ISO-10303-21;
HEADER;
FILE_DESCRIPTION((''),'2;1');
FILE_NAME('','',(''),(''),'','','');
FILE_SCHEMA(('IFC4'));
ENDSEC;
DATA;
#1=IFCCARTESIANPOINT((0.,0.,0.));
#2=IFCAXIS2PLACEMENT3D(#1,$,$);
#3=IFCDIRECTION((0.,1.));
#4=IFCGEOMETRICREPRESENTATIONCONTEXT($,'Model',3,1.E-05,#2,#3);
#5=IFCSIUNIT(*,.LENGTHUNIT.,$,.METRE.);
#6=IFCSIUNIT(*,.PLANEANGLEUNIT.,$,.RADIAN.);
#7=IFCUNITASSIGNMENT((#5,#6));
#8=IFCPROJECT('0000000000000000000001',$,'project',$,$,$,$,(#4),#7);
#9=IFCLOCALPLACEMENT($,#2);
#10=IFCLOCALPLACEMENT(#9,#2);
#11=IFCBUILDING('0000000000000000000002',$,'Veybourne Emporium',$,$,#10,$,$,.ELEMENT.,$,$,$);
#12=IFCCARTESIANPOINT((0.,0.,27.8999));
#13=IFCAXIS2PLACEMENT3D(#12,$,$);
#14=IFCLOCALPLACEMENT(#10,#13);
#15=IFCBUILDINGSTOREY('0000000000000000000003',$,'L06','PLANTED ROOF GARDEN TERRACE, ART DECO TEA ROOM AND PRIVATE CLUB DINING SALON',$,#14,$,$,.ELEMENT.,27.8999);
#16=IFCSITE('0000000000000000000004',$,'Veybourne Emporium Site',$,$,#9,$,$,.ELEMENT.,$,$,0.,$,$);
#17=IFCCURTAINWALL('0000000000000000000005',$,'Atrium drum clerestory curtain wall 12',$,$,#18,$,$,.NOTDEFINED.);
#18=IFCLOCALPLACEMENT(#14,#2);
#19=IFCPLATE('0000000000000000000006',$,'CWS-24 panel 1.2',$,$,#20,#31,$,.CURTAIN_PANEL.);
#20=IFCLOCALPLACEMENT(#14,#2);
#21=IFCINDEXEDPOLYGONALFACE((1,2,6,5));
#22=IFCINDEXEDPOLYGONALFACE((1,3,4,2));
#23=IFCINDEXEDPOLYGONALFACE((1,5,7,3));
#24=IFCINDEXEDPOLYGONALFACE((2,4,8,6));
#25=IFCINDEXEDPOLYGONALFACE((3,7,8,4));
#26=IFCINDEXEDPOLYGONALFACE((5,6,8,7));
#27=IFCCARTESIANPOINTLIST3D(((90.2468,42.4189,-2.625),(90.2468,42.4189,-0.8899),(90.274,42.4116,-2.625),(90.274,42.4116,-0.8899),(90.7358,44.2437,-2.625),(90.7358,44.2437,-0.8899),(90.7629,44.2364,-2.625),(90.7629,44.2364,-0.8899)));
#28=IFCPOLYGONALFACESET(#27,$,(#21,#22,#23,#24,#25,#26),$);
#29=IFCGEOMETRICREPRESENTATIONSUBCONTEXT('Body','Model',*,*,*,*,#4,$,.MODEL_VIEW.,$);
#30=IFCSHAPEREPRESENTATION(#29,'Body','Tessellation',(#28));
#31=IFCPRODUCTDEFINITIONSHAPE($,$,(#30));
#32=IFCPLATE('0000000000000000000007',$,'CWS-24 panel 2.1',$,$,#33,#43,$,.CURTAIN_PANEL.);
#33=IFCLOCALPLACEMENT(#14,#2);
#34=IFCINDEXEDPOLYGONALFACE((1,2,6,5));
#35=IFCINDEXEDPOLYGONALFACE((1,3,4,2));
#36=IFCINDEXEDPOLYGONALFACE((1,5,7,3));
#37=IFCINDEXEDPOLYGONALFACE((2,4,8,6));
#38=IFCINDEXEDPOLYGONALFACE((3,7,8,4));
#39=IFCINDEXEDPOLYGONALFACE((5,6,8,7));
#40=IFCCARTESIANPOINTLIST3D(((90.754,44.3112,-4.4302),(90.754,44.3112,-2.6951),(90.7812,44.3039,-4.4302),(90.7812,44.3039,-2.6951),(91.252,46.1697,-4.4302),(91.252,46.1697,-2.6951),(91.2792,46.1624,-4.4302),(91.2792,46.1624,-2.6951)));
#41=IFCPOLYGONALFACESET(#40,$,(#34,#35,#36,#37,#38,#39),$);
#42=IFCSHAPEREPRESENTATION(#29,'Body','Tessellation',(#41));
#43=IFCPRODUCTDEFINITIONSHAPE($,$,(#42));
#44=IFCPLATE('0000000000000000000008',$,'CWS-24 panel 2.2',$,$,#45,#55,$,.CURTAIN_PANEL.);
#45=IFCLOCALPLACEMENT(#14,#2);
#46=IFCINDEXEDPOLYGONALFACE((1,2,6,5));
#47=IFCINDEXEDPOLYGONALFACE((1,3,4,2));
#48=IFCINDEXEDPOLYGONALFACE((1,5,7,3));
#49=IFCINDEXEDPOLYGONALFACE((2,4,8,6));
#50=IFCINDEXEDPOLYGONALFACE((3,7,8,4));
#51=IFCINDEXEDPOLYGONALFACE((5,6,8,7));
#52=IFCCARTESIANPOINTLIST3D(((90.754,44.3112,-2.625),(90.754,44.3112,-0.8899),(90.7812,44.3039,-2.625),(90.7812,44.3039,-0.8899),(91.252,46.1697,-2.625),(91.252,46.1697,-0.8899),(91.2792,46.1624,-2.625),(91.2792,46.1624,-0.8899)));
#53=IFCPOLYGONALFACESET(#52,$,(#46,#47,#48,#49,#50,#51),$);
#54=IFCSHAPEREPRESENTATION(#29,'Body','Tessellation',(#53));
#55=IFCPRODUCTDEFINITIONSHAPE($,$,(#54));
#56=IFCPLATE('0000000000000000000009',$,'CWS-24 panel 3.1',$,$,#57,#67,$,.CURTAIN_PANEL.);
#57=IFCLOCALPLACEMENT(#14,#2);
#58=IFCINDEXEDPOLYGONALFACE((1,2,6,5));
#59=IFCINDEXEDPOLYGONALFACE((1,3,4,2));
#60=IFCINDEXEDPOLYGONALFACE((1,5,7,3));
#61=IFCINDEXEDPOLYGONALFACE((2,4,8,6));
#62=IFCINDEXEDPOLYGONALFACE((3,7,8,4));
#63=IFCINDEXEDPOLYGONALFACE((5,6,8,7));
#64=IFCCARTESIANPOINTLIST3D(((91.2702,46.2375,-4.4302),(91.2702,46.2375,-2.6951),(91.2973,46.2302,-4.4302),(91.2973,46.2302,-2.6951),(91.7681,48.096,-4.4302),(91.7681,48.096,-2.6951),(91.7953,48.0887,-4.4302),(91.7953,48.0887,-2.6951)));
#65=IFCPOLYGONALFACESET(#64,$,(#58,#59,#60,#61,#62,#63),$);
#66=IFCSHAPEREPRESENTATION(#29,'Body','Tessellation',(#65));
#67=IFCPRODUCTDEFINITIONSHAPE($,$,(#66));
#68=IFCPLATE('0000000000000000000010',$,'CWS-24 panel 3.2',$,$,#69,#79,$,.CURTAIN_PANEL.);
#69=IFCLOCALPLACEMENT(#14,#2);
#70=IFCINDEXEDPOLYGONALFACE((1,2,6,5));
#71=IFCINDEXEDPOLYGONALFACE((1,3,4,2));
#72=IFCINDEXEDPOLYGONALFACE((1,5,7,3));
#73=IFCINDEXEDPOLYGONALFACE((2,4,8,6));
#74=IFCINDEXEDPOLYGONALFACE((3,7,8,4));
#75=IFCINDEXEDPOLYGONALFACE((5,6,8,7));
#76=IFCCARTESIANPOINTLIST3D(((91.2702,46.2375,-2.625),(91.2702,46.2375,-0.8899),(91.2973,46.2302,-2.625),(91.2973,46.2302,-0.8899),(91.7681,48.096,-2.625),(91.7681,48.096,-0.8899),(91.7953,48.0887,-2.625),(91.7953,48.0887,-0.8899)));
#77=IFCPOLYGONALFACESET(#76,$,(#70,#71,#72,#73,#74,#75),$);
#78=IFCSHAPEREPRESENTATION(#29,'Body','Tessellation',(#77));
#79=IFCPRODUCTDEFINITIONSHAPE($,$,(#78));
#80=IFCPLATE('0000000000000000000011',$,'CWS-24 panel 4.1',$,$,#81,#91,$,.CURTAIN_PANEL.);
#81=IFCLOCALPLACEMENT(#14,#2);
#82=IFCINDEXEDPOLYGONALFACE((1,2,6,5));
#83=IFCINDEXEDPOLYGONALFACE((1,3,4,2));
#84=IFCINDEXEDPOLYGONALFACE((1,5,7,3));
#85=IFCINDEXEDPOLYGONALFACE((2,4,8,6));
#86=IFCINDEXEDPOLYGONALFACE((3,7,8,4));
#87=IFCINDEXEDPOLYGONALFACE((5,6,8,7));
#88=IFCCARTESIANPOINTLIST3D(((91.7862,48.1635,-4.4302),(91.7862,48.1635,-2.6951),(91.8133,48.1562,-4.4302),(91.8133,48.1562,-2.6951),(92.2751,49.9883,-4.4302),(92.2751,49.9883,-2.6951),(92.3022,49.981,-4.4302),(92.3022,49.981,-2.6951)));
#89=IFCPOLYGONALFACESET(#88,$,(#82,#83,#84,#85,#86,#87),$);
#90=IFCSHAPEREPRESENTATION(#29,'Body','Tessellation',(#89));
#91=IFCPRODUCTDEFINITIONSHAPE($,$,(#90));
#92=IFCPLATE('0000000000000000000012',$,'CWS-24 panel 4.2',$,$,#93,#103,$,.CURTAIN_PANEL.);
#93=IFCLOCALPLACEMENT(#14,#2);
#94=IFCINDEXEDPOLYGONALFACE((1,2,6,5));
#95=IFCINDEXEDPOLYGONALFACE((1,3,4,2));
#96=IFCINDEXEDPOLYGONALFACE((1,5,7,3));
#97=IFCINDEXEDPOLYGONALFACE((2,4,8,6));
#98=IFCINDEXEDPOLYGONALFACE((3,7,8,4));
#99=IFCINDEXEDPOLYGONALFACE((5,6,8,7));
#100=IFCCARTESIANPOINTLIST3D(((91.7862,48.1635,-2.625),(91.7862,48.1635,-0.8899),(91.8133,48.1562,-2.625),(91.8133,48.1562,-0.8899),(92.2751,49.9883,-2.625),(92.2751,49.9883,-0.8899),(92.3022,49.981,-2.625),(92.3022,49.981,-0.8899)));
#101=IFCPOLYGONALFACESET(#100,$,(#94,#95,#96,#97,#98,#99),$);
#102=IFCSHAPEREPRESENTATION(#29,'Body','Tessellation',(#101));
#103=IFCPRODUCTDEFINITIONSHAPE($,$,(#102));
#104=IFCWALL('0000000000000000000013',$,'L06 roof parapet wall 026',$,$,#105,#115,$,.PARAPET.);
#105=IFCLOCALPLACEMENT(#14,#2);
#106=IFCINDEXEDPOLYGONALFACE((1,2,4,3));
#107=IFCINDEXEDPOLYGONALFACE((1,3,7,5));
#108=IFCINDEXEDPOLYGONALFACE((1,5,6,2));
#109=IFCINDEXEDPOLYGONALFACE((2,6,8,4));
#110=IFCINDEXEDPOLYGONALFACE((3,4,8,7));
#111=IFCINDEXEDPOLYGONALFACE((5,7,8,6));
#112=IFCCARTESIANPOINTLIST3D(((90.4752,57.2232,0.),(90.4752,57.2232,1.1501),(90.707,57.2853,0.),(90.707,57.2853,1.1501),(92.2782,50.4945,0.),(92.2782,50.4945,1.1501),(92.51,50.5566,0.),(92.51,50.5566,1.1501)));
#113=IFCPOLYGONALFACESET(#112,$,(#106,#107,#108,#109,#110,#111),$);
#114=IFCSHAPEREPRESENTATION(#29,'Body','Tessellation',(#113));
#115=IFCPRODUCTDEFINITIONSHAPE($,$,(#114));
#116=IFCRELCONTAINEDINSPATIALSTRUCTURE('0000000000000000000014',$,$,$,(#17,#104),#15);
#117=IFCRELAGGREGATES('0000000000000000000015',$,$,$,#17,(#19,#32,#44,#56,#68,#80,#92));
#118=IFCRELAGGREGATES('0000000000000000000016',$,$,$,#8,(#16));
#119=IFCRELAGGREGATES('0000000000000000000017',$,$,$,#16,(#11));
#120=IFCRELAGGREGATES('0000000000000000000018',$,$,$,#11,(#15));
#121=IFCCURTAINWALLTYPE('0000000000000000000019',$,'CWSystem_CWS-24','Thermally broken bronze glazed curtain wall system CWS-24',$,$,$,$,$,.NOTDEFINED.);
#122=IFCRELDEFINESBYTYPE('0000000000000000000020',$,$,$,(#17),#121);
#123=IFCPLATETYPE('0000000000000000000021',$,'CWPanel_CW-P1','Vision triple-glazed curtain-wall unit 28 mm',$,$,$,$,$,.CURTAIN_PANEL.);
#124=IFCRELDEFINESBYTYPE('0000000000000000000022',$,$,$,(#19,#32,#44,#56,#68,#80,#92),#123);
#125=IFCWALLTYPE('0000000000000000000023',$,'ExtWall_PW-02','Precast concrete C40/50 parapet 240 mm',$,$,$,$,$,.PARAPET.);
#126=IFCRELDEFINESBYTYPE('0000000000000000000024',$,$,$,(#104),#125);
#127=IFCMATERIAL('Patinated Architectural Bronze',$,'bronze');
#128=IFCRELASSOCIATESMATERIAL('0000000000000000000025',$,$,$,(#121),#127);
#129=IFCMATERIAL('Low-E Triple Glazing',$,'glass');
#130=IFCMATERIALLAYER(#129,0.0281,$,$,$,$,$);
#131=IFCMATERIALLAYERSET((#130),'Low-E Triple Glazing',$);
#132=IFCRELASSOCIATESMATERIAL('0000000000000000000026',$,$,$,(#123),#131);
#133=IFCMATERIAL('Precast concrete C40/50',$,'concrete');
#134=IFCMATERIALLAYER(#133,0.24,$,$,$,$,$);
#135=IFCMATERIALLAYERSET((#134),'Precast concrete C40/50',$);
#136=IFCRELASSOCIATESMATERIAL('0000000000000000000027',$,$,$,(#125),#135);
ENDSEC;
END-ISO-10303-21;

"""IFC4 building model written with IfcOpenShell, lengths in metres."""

from ifc_helpers import new_model, si_unit, direction, frame, frame_2d, origin, origin_2d, place, context, subcontext, project, spatial, rectangle, extrude, material, layer, layer_set, type_object, element, aggregate, save


model = new_model("IFC4")

# Units and contexts
model_context = context("Model", 3, precision=1e-05, world=origin(), true_north=direction((0.0, 1.0)))
body_context = subcontext(model_context, "Body", "Model", "MODEL_VIEW")
ifc_project = project(units=[si_unit("LENGTHUNIT", "METRE"), si_unit("PLANEANGLEUNIT", "RADIAN")], contexts=[model_context])

# Site, building, storey
site_placement = place(None, origin())
site = spatial("IfcSite", under=ifc_project, at=site_placement, Name="Veybourne Emporium Site", CompositionType="ELEMENT", RefElevation=0.0)
building_placement = place(site_placement, origin())
building = spatial("IfcBuilding", under=site, at=building_placement, Name="Veybourne Emporium", CompositionType="ELEMENT")
storey_placement = place(building_placement, frame((0.0, 0.0, 27.8999)))
storey = spatial("IfcBuildingStorey", under=building, at=storey_placement, Name="L06", Description="PLANTED ROOF GARDEN TERRACE, ART DECO TEA ROOM AND PRIVATE CLUB DINING SALON", CompositionType="ELEMENT", Elevation=27.8999)

# Shared definitions
ifc_material_1 = material(Name="Patinated Architectural Bronze", Category="bronze")

# Curtain wall
curtain_wall_type_1 = type_object("IfcCurtainWallType", Name="CWSystem_CWS-24", Description="Thermally broken bronze glazed curtain wall system CWS-24", PredefinedType="NOTDEFINED", material=ifc_material_1)
curtain_wall_1_placement = place(storey_placement, origin())
curtain_wall_1 = element("IfcCurtainWall", 1, at=curtain_wall_1_placement, inside=storey, type_object=curtain_wall_type_1, Name="Atrium drum clerestory curtain wall 12", PredefinedType="NOTDEFINED")

# Plates
ifc_material_2 = material(Name="Low-E Triple Glazing", Category="glass")
ifc_layer_1 = layer(ifc_material_2, 0.0281)
ifc_layer_set_1 = layer_set([ifc_layer_1], Name="Low-E Triple Glazing")
plate_type = type_object("IfcPlateType", Name="CWPanel_CW-P1", Description="Vision triple-glazed curtain-wall unit 28 mm", PredefinedType="CURTAIN_PANEL", material=ifc_layer_set_1)
plate_1_placement = place(storey_placement, frame((90.5049, 43.3276, -2.625), z_axis=(0.0, 0.0, 1.0), x_axis=(0.25882, 0.965926, 0.0)))
plate_1 = element("IfcPlate", 2, at=plate_1_placement, type_object=plate_type, Name="CWS-24 panel 1.2", PredefinedType="CURTAIN_PANEL", context=body_context, shape_type="SweptSolid", body=[
    extrude(rectangle(XDim=1.8892, YDim=0.0281, at=origin_2d()), origin(), (0.0, 0.0, 1.0), 1.7351),
])
plate_2_placement = place(storey_placement, frame((91.0166, 45.2368, -4.4302), z_axis=(0.0, 0.0, 1.0), x_axis=(0.25882, 0.965926, 0.0)))
plate_2 = element("IfcPlate", 3, at=plate_2_placement, type_object=plate_type, Name="CWS-24 panel 2.1", PredefinedType="CURTAIN_PANEL", context=body_context, shape_type="SweptSolid", body=[
    extrude(rectangle(XDim=1.9241, YDim=0.0281, at=origin_2d()), origin(), (0.0, 0.0, 1.0), 1.7351),
])
plate_3_placement = place(storey_placement, frame((91.0166, 45.2368, -2.625), z_axis=(0.0, 0.0, 1.0), x_axis=(0.25882, 0.965926, 0.0)))
plate_3 = element("IfcPlate", 4, at=plate_3_placement, type_object=plate_type, Name="CWS-24 panel 2.2", PredefinedType="CURTAIN_PANEL", context=body_context, shape_type="SweptSolid", body=[
    extrude(rectangle(XDim=1.9241, YDim=0.0281, at=origin_2d()), origin(), (0.0, 0.0, 1.0), 1.7351),
])
plate_4_placement = place(storey_placement, frame((91.5327, 47.1631, -4.4302), z_axis=(0.0, 0.0, 1.0), x_axis=(0.25882, 0.965926, 0.0)))
plate_4 = element("IfcPlate", 5, at=plate_4_placement, type_object=plate_type, Name="CWS-24 panel 3.1", PredefinedType="CURTAIN_PANEL", context=body_context, shape_type="SweptSolid", body=[
    extrude(rectangle(XDim=1.9241, YDim=0.0281, at=origin_2d()), origin(), (0.0, 0.0, 1.0), 1.7351),
])
plate_5_placement = place(storey_placement, frame((91.5327, 47.1631, -2.625), z_axis=(0.0, 0.0, 1.0), x_axis=(0.25882, 0.965926, 0.0)))
plate_5 = element("IfcPlate", 6, at=plate_5_placement, type_object=plate_type, Name="CWS-24 panel 3.2", PredefinedType="CURTAIN_PANEL", context=body_context, shape_type="SweptSolid", body=[
    extrude(rectangle(XDim=1.9241, YDim=0.0281, at=origin_2d()), origin(), (0.0, 0.0, 1.0), 1.7351),
])
plate_6_placement = place(storey_placement, frame((92.0442, 49.0723, -4.4302), z_axis=(0.0, 0.0, 1.0), x_axis=(0.25882, 0.965926, 0.0)))
plate_6 = element("IfcPlate", 7, at=plate_6_placement, type_object=plate_type, Name="CWS-24 panel 4.1", PredefinedType="CURTAIN_PANEL", context=body_context, shape_type="SweptSolid", body=[
    extrude(rectangle(XDim=1.8892, YDim=0.0281, at=origin_2d()), origin(), (0.0, 0.0, 1.0), 1.7351),
])
plate_7_placement = place(storey_placement, frame((92.0442, 49.0723, -2.625), z_axis=(0.0, 0.0, 1.0), x_axis=(0.25882, 0.965926, 0.0)))
plate_7 = element("IfcPlate", 8, at=plate_7_placement, type_object=plate_type, Name="CWS-24 panel 4.2", PredefinedType="CURTAIN_PANEL", context=body_context, shape_type="SweptSolid", body=[
    extrude(rectangle(XDim=1.8892, YDim=0.0281, at=origin_2d()), origin(), (0.0, 0.0, 1.0), 1.7351),
])
aggregate(curtain_wall_1, [plate_1, plate_2, plate_3, plate_4, plate_5, plate_6, plate_7])

# Wall
ifc_material_3 = material(Name="Precast concrete C40/50", Category="concrete")
ifc_layer_2 = layer(ifc_material_3, 0.24)
ifc_layer_set_2 = layer_set([ifc_layer_2], Name="Precast concrete C40/50")
wall_type = type_object("IfcWallType", Name="ExtWall_PW-02", Description="Precast concrete C40/50 parapet 240 mm", PredefinedType="PARAPET", material=ifc_layer_set_2)
wall_placement = place(storey_placement, frame((92.394, 50.5256, 0.0), z_axis=(0.0, 0.0, 1.0), x_axis=(-0.258821, 0.965925, 0.0)))
element("IfcWall", 9, at=wall_placement, inside=storey, type_object=wall_type, Name="L06 roof parapet wall 026", PredefinedType="PARAPET", context=body_context, shape_type="SweptSolid", body=[
    extrude(rectangle(XDim=6.9661, YDim=0.24, at=frame_2d((3.4829, 0.0))), origin(), (0.0, 0.0, 1.0), 1.1501),
])

save(model, "model.ifc")
